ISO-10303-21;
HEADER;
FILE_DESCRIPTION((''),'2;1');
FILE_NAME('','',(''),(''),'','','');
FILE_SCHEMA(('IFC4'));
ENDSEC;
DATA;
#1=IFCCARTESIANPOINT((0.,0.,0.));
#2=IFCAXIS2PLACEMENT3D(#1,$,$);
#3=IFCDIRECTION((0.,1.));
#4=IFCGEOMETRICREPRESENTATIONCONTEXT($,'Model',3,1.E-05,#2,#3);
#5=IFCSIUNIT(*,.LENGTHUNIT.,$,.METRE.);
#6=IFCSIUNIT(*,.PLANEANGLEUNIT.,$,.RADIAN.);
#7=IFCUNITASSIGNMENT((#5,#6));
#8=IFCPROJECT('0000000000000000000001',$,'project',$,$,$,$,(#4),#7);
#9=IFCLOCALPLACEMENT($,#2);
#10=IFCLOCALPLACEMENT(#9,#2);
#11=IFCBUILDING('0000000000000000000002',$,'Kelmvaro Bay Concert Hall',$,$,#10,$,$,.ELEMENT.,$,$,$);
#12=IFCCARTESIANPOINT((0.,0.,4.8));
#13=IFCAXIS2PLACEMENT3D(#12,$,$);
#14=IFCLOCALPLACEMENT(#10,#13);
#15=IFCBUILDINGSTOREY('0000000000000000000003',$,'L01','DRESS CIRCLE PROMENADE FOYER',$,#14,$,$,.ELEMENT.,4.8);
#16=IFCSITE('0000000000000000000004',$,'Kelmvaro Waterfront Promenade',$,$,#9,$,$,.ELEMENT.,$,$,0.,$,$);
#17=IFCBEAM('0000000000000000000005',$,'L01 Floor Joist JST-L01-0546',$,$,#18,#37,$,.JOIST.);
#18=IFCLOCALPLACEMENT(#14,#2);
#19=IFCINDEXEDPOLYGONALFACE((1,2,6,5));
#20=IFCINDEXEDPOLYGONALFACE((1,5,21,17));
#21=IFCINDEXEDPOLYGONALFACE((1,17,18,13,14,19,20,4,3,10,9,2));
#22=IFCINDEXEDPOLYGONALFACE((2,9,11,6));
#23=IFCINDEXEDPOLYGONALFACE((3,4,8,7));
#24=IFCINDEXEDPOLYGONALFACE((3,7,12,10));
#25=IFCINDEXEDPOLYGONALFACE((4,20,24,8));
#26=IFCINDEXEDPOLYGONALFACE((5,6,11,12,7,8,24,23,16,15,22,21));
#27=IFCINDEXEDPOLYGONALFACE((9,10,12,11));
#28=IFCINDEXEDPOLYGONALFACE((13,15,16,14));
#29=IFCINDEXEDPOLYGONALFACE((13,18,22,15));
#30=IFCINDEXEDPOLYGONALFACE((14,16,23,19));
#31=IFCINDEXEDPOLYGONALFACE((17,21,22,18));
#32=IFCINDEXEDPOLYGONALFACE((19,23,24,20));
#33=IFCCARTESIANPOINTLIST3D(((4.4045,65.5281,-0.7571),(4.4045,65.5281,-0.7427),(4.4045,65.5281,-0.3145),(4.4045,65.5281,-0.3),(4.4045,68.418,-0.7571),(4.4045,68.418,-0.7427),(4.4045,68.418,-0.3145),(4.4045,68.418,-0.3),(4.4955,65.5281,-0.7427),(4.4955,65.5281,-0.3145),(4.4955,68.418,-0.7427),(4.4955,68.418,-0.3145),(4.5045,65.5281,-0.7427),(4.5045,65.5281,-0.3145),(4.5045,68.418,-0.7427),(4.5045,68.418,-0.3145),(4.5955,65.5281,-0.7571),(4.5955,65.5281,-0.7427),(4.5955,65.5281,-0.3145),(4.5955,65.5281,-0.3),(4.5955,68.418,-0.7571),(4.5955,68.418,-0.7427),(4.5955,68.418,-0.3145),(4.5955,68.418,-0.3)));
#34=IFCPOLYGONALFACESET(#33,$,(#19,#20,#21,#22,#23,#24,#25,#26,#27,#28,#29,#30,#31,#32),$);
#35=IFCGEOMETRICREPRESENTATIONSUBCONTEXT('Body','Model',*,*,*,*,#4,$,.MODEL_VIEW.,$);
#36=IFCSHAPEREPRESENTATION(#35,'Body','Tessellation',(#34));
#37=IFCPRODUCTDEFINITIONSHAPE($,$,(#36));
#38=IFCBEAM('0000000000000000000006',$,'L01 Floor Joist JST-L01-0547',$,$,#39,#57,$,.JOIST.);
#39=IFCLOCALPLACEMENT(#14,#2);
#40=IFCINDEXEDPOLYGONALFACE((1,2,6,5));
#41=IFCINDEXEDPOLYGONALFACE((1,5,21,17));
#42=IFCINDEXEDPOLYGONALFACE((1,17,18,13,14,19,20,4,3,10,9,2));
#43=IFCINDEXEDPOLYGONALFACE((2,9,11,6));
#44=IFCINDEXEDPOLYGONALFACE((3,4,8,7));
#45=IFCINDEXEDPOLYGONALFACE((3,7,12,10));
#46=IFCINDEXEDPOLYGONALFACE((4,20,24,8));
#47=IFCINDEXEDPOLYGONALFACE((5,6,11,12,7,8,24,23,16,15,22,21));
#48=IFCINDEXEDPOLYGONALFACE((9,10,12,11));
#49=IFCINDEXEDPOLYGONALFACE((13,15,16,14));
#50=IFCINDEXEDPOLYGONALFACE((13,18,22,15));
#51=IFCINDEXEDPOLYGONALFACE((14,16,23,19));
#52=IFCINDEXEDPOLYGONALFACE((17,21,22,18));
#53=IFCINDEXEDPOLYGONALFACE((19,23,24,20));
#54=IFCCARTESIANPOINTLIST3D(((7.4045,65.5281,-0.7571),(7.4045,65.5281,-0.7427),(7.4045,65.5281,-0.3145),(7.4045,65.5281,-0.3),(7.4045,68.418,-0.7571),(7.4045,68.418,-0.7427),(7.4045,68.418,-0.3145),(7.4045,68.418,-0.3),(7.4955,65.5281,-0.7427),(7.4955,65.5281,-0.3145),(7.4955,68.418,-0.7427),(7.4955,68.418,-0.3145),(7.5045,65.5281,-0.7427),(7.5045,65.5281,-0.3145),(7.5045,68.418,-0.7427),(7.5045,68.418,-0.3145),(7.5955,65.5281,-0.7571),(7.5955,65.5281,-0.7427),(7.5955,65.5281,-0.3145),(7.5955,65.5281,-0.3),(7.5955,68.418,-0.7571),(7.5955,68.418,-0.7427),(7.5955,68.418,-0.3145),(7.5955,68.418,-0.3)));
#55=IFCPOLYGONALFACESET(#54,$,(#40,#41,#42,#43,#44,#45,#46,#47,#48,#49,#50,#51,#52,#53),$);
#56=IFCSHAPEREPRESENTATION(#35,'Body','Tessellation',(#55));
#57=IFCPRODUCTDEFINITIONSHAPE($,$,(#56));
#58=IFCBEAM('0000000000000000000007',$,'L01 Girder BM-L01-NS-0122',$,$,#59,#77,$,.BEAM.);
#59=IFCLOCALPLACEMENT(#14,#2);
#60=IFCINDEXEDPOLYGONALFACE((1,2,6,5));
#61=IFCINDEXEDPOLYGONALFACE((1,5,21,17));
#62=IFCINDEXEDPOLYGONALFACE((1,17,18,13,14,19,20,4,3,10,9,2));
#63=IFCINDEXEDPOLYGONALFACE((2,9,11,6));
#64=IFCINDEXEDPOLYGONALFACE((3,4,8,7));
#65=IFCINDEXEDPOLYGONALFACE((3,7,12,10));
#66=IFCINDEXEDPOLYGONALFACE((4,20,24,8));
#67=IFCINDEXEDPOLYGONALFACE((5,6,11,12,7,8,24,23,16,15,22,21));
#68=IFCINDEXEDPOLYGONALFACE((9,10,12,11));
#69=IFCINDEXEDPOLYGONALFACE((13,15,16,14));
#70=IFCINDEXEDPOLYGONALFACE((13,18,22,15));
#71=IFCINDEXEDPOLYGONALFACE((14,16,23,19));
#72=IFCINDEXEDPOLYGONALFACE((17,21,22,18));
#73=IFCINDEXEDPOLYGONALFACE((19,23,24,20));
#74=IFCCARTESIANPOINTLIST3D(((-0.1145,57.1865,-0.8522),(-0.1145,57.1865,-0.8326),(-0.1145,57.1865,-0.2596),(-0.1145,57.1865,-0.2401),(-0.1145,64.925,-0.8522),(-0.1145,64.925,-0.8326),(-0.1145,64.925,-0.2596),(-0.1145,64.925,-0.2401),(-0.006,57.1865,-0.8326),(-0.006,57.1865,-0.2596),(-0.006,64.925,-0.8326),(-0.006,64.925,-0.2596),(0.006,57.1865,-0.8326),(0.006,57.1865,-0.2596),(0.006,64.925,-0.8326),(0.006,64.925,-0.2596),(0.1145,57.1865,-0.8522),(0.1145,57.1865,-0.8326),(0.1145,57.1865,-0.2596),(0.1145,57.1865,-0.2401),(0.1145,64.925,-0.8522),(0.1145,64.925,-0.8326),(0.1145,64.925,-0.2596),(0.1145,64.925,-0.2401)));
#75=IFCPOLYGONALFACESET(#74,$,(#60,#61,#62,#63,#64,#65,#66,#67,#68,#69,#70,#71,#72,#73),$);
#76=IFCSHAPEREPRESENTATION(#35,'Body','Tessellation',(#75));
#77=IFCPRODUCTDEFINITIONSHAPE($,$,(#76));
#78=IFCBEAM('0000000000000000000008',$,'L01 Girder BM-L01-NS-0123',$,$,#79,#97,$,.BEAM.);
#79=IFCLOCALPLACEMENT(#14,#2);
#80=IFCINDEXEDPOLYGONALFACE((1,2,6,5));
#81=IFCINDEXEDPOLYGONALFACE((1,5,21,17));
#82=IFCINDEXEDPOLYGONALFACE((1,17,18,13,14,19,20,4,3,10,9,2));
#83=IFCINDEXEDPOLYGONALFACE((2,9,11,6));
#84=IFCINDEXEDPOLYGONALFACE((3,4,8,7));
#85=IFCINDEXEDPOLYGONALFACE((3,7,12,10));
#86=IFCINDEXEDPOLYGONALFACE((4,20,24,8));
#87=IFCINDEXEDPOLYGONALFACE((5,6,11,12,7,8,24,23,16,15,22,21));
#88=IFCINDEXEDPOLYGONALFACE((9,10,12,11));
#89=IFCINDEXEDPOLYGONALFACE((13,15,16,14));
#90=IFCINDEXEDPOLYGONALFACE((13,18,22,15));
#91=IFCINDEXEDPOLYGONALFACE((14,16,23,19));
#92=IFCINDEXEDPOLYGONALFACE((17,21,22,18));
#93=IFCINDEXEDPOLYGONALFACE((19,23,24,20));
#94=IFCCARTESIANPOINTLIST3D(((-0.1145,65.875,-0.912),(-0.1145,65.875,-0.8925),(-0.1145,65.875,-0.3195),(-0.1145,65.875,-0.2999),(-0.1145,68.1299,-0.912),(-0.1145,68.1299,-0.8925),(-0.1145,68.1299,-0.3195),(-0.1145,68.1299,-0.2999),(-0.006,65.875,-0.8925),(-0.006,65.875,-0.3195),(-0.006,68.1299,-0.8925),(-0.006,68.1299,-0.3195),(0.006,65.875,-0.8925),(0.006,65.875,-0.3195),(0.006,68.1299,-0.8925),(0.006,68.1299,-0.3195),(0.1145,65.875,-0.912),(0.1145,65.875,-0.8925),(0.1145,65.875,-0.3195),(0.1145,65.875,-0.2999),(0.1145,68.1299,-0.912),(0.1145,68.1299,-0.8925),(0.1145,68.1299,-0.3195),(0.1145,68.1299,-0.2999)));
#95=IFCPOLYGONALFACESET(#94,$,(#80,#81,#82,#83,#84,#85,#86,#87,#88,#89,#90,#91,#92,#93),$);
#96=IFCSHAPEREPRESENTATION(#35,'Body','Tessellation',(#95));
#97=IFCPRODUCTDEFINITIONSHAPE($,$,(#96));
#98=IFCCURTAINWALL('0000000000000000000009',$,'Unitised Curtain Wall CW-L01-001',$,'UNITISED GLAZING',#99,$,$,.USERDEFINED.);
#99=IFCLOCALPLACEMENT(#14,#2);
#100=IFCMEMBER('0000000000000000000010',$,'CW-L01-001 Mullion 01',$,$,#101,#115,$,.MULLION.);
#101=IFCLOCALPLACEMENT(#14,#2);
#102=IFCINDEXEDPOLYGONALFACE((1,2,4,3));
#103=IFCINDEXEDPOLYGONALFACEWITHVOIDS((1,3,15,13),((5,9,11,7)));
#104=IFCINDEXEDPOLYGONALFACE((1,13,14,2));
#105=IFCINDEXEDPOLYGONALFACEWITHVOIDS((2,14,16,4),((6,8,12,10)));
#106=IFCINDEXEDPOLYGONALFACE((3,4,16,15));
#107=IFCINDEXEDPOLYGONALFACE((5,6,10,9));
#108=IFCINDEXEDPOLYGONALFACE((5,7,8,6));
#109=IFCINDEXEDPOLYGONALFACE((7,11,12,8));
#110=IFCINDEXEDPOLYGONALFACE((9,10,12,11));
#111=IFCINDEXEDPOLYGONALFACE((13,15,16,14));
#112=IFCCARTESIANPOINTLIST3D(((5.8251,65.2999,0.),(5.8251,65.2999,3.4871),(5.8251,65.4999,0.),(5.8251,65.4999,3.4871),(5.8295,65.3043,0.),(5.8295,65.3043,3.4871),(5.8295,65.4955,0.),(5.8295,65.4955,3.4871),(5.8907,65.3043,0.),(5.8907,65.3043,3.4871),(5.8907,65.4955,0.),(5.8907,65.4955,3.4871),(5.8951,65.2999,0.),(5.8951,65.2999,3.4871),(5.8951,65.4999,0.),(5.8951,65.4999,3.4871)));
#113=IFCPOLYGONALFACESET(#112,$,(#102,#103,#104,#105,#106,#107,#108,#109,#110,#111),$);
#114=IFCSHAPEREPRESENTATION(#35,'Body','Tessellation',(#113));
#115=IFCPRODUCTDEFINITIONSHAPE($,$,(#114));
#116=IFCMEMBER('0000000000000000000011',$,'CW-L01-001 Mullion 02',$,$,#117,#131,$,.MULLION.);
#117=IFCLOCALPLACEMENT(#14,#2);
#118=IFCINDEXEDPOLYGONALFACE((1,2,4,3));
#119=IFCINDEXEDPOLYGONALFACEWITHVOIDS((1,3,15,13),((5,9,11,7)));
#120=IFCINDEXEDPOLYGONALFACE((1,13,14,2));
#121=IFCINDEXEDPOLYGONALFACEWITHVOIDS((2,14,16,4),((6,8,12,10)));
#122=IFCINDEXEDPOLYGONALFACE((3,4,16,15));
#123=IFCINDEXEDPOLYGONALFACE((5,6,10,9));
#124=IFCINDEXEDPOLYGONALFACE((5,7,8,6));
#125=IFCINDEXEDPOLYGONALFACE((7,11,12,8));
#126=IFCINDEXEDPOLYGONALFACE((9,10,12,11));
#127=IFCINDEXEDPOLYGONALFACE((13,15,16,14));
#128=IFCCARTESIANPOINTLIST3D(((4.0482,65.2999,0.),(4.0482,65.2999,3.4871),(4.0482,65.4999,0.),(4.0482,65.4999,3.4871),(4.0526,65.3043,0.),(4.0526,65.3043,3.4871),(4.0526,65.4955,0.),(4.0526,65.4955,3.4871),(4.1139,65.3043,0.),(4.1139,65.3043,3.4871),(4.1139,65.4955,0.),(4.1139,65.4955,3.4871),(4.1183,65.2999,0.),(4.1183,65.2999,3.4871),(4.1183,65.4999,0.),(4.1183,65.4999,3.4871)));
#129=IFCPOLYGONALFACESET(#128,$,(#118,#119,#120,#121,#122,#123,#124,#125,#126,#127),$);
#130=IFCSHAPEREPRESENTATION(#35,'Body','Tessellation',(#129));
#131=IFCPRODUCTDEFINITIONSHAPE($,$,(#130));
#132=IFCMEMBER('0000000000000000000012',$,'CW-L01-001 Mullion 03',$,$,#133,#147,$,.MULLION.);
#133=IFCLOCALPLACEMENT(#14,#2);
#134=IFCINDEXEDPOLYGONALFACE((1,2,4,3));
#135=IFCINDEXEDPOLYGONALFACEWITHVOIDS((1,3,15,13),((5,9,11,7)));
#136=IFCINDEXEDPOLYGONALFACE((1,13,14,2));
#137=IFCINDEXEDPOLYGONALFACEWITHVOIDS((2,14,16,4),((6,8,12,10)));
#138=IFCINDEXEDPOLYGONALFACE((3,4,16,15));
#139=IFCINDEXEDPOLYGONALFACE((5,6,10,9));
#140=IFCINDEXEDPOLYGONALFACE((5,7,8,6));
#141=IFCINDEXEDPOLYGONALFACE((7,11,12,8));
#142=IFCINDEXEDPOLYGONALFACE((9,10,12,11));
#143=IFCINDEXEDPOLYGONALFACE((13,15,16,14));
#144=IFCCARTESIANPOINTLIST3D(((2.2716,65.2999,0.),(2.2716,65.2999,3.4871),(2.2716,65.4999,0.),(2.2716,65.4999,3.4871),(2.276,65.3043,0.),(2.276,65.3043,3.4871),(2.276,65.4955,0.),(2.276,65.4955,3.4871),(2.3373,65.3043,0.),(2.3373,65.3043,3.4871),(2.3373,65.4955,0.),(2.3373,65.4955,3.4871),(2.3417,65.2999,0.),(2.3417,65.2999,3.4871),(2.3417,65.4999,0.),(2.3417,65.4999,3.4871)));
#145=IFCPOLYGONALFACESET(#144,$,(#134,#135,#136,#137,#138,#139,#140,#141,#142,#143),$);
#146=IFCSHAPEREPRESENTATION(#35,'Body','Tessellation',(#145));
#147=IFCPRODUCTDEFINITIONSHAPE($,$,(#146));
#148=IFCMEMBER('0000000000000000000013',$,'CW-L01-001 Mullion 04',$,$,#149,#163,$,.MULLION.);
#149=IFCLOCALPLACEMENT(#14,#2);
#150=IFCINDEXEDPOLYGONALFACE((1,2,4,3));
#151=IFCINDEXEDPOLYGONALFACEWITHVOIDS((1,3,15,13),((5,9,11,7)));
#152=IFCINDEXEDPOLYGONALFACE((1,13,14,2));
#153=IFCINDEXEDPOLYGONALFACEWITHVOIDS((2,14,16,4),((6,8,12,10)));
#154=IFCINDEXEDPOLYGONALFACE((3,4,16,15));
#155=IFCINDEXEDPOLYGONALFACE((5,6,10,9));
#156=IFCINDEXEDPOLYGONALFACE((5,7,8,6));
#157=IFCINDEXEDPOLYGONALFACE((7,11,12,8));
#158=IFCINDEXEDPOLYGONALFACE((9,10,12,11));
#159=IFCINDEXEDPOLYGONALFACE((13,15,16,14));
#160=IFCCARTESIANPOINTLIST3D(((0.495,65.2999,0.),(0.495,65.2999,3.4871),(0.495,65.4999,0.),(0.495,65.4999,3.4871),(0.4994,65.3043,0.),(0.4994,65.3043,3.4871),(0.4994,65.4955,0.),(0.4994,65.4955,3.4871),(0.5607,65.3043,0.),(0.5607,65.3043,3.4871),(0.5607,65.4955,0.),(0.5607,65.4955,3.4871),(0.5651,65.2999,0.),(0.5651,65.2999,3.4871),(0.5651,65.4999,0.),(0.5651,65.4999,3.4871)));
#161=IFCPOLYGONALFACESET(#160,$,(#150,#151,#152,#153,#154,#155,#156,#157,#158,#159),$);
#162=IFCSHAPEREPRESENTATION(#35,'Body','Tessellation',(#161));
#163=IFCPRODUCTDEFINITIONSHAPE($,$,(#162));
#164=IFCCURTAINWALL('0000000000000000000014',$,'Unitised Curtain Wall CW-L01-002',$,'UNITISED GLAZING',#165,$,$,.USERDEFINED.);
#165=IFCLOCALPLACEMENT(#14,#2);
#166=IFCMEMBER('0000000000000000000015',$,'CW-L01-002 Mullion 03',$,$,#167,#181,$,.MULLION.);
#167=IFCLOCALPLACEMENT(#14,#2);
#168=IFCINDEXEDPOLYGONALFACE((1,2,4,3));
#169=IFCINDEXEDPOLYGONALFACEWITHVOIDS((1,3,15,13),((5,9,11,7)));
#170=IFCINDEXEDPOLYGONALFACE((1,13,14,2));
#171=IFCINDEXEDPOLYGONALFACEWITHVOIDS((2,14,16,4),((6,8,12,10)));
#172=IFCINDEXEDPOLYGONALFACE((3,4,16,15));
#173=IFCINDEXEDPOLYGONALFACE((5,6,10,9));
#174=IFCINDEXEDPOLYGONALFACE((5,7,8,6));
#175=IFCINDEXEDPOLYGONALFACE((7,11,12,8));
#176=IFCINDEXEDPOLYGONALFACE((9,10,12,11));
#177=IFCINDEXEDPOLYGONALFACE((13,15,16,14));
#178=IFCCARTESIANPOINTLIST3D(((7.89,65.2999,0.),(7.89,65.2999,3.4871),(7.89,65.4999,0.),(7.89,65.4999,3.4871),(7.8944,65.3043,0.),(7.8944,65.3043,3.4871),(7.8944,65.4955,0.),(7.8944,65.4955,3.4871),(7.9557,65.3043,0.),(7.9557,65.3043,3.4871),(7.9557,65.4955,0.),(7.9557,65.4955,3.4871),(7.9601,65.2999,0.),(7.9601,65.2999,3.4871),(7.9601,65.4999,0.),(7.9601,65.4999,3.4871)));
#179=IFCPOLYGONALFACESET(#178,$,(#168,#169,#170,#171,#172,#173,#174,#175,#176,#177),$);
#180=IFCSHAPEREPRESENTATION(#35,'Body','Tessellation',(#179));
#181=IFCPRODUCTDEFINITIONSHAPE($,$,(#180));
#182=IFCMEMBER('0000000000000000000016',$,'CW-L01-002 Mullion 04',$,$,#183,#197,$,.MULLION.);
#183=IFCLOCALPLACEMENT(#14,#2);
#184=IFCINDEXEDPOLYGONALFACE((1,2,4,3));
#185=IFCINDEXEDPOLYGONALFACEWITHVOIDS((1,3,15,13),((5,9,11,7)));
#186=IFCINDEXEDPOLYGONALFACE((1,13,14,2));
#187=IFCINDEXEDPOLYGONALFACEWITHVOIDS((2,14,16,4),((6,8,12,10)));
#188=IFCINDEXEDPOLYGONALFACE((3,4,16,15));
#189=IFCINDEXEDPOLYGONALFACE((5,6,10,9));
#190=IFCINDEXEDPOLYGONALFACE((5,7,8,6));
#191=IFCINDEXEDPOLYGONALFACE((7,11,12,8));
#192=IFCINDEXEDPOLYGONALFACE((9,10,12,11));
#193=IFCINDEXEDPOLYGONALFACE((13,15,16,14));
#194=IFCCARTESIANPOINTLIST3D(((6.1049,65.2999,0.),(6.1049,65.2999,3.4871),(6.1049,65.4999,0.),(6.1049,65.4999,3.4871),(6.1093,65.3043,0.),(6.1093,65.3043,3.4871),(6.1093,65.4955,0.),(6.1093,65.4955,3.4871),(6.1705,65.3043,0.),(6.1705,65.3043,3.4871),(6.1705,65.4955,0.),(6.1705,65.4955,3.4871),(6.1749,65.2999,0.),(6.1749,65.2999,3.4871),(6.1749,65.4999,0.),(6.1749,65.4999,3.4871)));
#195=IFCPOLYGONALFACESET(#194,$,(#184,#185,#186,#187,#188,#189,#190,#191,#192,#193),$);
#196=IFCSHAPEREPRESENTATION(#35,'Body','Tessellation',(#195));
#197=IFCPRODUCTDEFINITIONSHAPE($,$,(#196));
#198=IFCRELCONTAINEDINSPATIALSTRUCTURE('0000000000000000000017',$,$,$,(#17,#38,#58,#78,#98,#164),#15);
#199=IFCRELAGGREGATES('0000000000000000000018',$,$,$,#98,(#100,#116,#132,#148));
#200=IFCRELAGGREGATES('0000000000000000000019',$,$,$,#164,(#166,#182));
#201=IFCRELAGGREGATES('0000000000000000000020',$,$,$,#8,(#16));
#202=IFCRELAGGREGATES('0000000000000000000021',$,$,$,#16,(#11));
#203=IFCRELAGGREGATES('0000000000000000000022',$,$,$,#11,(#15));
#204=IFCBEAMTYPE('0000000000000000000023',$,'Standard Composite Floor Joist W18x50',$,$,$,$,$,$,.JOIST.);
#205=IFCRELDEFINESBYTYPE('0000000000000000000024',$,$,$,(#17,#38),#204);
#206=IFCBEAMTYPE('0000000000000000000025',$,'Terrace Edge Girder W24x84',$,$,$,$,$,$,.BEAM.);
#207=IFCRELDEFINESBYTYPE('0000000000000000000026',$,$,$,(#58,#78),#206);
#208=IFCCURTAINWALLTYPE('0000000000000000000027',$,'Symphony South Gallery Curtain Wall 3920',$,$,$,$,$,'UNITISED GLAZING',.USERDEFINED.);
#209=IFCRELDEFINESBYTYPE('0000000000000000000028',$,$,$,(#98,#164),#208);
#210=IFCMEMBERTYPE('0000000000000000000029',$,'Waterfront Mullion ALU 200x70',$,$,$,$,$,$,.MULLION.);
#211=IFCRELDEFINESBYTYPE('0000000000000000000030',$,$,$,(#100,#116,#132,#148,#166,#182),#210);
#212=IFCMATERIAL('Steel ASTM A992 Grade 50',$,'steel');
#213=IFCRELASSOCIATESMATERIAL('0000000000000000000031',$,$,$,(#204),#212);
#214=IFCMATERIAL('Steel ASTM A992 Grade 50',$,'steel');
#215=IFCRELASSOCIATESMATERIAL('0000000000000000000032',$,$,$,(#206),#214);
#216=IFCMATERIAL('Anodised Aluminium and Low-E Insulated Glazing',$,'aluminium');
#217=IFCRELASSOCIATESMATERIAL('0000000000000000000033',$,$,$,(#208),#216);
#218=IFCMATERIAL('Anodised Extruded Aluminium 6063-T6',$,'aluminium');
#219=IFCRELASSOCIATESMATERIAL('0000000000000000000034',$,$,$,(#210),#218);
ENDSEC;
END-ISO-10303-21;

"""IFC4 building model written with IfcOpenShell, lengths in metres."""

from ifc_helpers import new_model, si_unit, direction, frame, origin, origin_2d, place, context, subcontext, project, spatial, hollow_rectangle, i_section, extrude, material, material_profile, profile_set, type_object, element, aggregate, save


model = new_model("IFC4")

# Units and contexts
model_context = context("Model", 3, precision=1e-05, world=origin(), true_north=direction((0.0, 1.0)))
body_context = subcontext(model_context, "Body", "Model", "MODEL_VIEW")
ifc_project = project(units=[si_unit("LENGTHUNIT", "METRE"), si_unit("PLANEANGLEUNIT", "RADIAN")], contexts=[model_context])

# Site, building, storey
site_placement = place(None, origin())
site = spatial("IfcSite", under=ifc_project, at=site_placement, Name="Kelmvaro Waterfront Promenade", CompositionType="ELEMENT", RefElevation=0.0)
building_placement = place(site_placement, origin())
building = spatial("IfcBuilding", under=site, at=building_placement, Name="Kelmvaro Bay Concert Hall", CompositionType="ELEMENT")
storey_placement = place(building_placement, frame((0.0, 0.0, 4.8)))
storey = spatial("IfcBuildingStorey", under=building, at=storey_placement, Name="L01", Description="DRESS CIRCLE PROMENADE FOYER", CompositionType="ELEMENT", Elevation=4.8)

# Beams
ifc_material_1 = material(Name="Steel ASTM A992 Grade 50", Category="steel")
ifc_material_profile_1 = material_profile(ifc_material_1, i_section(OverallWidth=0.1909, OverallDepth=0.457, WebThickness=0.009, FlangeThickness=0.0144, at=origin_2d()), Name="W18X50")
ifc_profile_set_1 = profile_set([ifc_material_profile_1], Name="Steel ASTM A992 Grade 50")
beam_type_1 = type_object("IfcBeamType", Name="Standard Composite Floor Joist W18x50", PredefinedType="JOIST", material=ifc_profile_set_1)
for number, where, z_axis, x_axis, name in (
    (1, (4.5, 65.5281, -0.5286), (0.0, 1.0, 0.0), (-1.0, 0.0, 0.0), "L01 Floor Joist JST-L01-0546"),
    (2, (7.5, 65.5281, -0.5286), (0.0, 1.0, 0.0), (-1.0, 0.0, 0.0), "L01 Floor Joist JST-L01-0547"),
):
    element("IfcBeam", number, at=place(storey_placement, frame(where, z_axis=z_axis, x_axis=x_axis)), inside=storey, type_object=beam_type_1, Name=name, PredefinedType="JOIST", context=body_context, shape_type="SweptSolid", body=[
        extrude(i_section(OverallWidth=0.1909, OverallDepth=0.457, WebThickness=0.009, FlangeThickness=0.0144, at=origin_2d()), origin(), (0.0, 0.0, 1.0), 2.8899),
    ])
ifc_material_2 = material(Name="Steel ASTM A992 Grade 50", Category="steel")
ifc_material_profile_2 = material_profile(ifc_material_2, i_section(OverallWidth=0.229, OverallDepth=0.6121, WebThickness=0.012, FlangeThickness=0.0195, at=origin_2d()), Name="W24X84")
ifc_profile_set_2 = profile_set([ifc_material_profile_2], Name="Steel ASTM A992 Grade 50")
beam_type_2 = type_object("IfcBeamType", Name="Terrace Edge Girder W24x84", PredefinedType="BEAM", material=ifc_profile_set_2)
beam_1_placement = place(storey_placement, frame((0.0, 57.1865, -0.5461), z_axis=(0.0, 1.0, 0.0), x_axis=(-1.0, 0.0, 0.0)))
element("IfcBeam", 3, at=beam_1_placement, inside=storey, type_object=beam_type_2, Name="L01 Girder BM-L01-NS-0122", PredefinedType="BEAM", context=body_context, shape_type="SweptSolid", body=[
    extrude(i_section(OverallWidth=0.229, OverallDepth=0.6121, WebThickness=0.012, FlangeThickness=0.0195, at=origin_2d()), origin(), (0.0, 0.0, 1.0), 7.7385),
])
beam_2_placement = place(storey_placement, frame((0.0, 65.875, -0.606), z_axis=(0.0, 1.0, 0.0), x_axis=(-1.0, 0.0, 0.0)))
element("IfcBeam", 4, at=beam_2_placement, inside=storey, type_object=beam_type_2, Name="L01 Girder BM-L01-NS-0123", PredefinedType="BEAM", context=body_context, shape_type="SweptSolid", body=[
    extrude(i_section(OverallWidth=0.229, OverallDepth=0.6121, WebThickness=0.012, FlangeThickness=0.0195, at=origin_2d()), origin(), (0.0, 0.0, 1.0), 2.2549),
])

# Curtain walls, members
ifc_material_3 = material(Name="Anodised Aluminium and Low-E Insulated Glazing", Category="aluminium")
curtain_wall_type = type_object("IfcCurtainWallType", Name="Symphony South Gallery Curtain Wall 3920", ElementType="UNITISED GLAZING", PredefinedType="USERDEFINED", material=ifc_material_3)
curtain_wall_1_placement = place(storey_placement, origin())
curtain_wall_1 = element("IfcCurtainWall", 5, at=curtain_wall_1_placement, inside=storey, type_object=curtain_wall_type, Name="Unitised Curtain Wall CW-L01-001", ObjectType="UNITISED GLAZING", PredefinedType="USERDEFINED")
ifc_material_4 = material(Name="Anodised Extruded Aluminium 6063-T6", Category="aluminium")
ifc_material_profile_3 = material_profile(ifc_material_4, hollow_rectangle(XDim=0.0701, YDim=0.2, WallThickness=0.0044, at=origin_2d()), Name="ALU-MUL-200X70")
ifc_profile_set_3 = profile_set([ifc_material_profile_3], Name="Anodised Extruded Aluminium 6063-T6")
member_type_1 = type_object("IfcMemberType", Name="Waterfront Mullion ALU 200x70", PredefinedType="MULLION", material=ifc_profile_set_3)
member_1_placement = place(storey_placement, frame((5.8601, 65.3999, 0.0), z_axis=(0.0, 0.0, 1.0), x_axis=(1.0, 0.0, 0.0)))
member_1 = element("IfcMember", 6, at=member_1_placement, type_object=member_type_1, Name="CW-L01-001 Mullion 01", PredefinedType="MULLION", context=body_context, shape_type="SweptSolid", body=[
    extrude(hollow_rectangle(XDim=0.0701, YDim=0.2, WallThickness=0.0044, at=origin_2d()), origin(), (0.0, 0.0, 1.0), 3.4871),
])
member_2_placement = place(storey_placement, frame((4.0833, 65.3999, 0.0), z_axis=(0.0, 0.0, 1.0), x_axis=(1.0, 0.0, 0.0)))
member_2 = element("IfcMember", 7, at=member_2_placement, type_object=member_type_1, Name="CW-L01-001 Mullion 02", PredefinedType="MULLION", context=body_context, shape_type="SweptSolid", body=[
    extrude(hollow_rectangle(XDim=0.0701, YDim=0.2, WallThickness=0.0044, at=origin_2d()), origin(), (0.0, 0.0, 1.0), 3.4871),
])
member_3_placement = place(storey_placement, frame((2.3066, 65.3999, 0.0), z_axis=(0.0, 0.0, 1.0), x_axis=(1.0, 0.0, 0.0)))
member_3 = element("IfcMember", 8, at=member_3_placement, type_object=member_type_1, Name="CW-L01-001 Mullion 03", PredefinedType="MULLION", context=body_context, shape_type="SweptSolid", body=[
    extrude(hollow_rectangle(XDim=0.0701, YDim=0.2, WallThickness=0.0044, at=origin_2d()), origin(), (0.0, 0.0, 1.0), 3.4871),
])
member_4_placement = place(storey_placement, frame((0.53, 65.3999, 0.0), z_axis=(0.0, 0.0, 1.0), x_axis=(1.0, 0.0, 0.0)))
member_4 = element("IfcMember", 9, at=member_4_placement, type_object=member_type_1, Name="CW-L01-001 Mullion 04", PredefinedType="MULLION", context=body_context, shape_type="SweptSolid", body=[
    extrude(hollow_rectangle(XDim=0.0701, YDim=0.2, WallThickness=0.0044, at=origin_2d()), origin(), (0.0, 0.0, 1.0), 3.4871),
])
curtain_wall_2_placement = place(storey_placement, origin())
curtain_wall_2 = element("IfcCurtainWall", 10, at=curtain_wall_2_placement, inside=storey, type_object=curtain_wall_type, Name="Unitised Curtain Wall CW-L01-002", ObjectType="UNITISED GLAZING", PredefinedType="USERDEFINED")
member_5_placement = place(storey_placement, frame((7.925, 65.3999, 0.0), z_axis=(0.0, 0.0, 1.0), x_axis=(1.0, 0.0, 0.0)))
member_5 = element("IfcMember", 11, at=member_5_placement, type_object=member_type_1, Name="CW-L01-002 Mullion 03", PredefinedType="MULLION", context=body_context, shape_type="SweptSolid", body=[
    extrude(hollow_rectangle(XDim=0.0701, YDim=0.2, WallThickness=0.0044, at=origin_2d()), origin(), (0.0, 0.0, 1.0), 3.4871),
])
member_6_placement = place(storey_placement, frame((6.1399, 65.3999, 0.0), z_axis=(0.0, 0.0, 1.0), x_axis=(1.0, 0.0, 0.0)))
member_6 = element("IfcMember", 12, at=member_6_placement, type_object=member_type_1, Name="CW-L01-002 Mullion 04", PredefinedType="MULLION", context=body_context, shape_type="SweptSolid", body=[
    extrude(hollow_rectangle(XDim=0.0701, YDim=0.2, WallThickness=0.0044, at=origin_2d()), origin(), (0.0, 0.0, 1.0), 3.4871),
])

aggregate(curtain_wall_1, [member_1, member_2, member_3, member_4])
aggregate(curtain_wall_2, [member_5, member_6])

save(model, "model.ifc")
